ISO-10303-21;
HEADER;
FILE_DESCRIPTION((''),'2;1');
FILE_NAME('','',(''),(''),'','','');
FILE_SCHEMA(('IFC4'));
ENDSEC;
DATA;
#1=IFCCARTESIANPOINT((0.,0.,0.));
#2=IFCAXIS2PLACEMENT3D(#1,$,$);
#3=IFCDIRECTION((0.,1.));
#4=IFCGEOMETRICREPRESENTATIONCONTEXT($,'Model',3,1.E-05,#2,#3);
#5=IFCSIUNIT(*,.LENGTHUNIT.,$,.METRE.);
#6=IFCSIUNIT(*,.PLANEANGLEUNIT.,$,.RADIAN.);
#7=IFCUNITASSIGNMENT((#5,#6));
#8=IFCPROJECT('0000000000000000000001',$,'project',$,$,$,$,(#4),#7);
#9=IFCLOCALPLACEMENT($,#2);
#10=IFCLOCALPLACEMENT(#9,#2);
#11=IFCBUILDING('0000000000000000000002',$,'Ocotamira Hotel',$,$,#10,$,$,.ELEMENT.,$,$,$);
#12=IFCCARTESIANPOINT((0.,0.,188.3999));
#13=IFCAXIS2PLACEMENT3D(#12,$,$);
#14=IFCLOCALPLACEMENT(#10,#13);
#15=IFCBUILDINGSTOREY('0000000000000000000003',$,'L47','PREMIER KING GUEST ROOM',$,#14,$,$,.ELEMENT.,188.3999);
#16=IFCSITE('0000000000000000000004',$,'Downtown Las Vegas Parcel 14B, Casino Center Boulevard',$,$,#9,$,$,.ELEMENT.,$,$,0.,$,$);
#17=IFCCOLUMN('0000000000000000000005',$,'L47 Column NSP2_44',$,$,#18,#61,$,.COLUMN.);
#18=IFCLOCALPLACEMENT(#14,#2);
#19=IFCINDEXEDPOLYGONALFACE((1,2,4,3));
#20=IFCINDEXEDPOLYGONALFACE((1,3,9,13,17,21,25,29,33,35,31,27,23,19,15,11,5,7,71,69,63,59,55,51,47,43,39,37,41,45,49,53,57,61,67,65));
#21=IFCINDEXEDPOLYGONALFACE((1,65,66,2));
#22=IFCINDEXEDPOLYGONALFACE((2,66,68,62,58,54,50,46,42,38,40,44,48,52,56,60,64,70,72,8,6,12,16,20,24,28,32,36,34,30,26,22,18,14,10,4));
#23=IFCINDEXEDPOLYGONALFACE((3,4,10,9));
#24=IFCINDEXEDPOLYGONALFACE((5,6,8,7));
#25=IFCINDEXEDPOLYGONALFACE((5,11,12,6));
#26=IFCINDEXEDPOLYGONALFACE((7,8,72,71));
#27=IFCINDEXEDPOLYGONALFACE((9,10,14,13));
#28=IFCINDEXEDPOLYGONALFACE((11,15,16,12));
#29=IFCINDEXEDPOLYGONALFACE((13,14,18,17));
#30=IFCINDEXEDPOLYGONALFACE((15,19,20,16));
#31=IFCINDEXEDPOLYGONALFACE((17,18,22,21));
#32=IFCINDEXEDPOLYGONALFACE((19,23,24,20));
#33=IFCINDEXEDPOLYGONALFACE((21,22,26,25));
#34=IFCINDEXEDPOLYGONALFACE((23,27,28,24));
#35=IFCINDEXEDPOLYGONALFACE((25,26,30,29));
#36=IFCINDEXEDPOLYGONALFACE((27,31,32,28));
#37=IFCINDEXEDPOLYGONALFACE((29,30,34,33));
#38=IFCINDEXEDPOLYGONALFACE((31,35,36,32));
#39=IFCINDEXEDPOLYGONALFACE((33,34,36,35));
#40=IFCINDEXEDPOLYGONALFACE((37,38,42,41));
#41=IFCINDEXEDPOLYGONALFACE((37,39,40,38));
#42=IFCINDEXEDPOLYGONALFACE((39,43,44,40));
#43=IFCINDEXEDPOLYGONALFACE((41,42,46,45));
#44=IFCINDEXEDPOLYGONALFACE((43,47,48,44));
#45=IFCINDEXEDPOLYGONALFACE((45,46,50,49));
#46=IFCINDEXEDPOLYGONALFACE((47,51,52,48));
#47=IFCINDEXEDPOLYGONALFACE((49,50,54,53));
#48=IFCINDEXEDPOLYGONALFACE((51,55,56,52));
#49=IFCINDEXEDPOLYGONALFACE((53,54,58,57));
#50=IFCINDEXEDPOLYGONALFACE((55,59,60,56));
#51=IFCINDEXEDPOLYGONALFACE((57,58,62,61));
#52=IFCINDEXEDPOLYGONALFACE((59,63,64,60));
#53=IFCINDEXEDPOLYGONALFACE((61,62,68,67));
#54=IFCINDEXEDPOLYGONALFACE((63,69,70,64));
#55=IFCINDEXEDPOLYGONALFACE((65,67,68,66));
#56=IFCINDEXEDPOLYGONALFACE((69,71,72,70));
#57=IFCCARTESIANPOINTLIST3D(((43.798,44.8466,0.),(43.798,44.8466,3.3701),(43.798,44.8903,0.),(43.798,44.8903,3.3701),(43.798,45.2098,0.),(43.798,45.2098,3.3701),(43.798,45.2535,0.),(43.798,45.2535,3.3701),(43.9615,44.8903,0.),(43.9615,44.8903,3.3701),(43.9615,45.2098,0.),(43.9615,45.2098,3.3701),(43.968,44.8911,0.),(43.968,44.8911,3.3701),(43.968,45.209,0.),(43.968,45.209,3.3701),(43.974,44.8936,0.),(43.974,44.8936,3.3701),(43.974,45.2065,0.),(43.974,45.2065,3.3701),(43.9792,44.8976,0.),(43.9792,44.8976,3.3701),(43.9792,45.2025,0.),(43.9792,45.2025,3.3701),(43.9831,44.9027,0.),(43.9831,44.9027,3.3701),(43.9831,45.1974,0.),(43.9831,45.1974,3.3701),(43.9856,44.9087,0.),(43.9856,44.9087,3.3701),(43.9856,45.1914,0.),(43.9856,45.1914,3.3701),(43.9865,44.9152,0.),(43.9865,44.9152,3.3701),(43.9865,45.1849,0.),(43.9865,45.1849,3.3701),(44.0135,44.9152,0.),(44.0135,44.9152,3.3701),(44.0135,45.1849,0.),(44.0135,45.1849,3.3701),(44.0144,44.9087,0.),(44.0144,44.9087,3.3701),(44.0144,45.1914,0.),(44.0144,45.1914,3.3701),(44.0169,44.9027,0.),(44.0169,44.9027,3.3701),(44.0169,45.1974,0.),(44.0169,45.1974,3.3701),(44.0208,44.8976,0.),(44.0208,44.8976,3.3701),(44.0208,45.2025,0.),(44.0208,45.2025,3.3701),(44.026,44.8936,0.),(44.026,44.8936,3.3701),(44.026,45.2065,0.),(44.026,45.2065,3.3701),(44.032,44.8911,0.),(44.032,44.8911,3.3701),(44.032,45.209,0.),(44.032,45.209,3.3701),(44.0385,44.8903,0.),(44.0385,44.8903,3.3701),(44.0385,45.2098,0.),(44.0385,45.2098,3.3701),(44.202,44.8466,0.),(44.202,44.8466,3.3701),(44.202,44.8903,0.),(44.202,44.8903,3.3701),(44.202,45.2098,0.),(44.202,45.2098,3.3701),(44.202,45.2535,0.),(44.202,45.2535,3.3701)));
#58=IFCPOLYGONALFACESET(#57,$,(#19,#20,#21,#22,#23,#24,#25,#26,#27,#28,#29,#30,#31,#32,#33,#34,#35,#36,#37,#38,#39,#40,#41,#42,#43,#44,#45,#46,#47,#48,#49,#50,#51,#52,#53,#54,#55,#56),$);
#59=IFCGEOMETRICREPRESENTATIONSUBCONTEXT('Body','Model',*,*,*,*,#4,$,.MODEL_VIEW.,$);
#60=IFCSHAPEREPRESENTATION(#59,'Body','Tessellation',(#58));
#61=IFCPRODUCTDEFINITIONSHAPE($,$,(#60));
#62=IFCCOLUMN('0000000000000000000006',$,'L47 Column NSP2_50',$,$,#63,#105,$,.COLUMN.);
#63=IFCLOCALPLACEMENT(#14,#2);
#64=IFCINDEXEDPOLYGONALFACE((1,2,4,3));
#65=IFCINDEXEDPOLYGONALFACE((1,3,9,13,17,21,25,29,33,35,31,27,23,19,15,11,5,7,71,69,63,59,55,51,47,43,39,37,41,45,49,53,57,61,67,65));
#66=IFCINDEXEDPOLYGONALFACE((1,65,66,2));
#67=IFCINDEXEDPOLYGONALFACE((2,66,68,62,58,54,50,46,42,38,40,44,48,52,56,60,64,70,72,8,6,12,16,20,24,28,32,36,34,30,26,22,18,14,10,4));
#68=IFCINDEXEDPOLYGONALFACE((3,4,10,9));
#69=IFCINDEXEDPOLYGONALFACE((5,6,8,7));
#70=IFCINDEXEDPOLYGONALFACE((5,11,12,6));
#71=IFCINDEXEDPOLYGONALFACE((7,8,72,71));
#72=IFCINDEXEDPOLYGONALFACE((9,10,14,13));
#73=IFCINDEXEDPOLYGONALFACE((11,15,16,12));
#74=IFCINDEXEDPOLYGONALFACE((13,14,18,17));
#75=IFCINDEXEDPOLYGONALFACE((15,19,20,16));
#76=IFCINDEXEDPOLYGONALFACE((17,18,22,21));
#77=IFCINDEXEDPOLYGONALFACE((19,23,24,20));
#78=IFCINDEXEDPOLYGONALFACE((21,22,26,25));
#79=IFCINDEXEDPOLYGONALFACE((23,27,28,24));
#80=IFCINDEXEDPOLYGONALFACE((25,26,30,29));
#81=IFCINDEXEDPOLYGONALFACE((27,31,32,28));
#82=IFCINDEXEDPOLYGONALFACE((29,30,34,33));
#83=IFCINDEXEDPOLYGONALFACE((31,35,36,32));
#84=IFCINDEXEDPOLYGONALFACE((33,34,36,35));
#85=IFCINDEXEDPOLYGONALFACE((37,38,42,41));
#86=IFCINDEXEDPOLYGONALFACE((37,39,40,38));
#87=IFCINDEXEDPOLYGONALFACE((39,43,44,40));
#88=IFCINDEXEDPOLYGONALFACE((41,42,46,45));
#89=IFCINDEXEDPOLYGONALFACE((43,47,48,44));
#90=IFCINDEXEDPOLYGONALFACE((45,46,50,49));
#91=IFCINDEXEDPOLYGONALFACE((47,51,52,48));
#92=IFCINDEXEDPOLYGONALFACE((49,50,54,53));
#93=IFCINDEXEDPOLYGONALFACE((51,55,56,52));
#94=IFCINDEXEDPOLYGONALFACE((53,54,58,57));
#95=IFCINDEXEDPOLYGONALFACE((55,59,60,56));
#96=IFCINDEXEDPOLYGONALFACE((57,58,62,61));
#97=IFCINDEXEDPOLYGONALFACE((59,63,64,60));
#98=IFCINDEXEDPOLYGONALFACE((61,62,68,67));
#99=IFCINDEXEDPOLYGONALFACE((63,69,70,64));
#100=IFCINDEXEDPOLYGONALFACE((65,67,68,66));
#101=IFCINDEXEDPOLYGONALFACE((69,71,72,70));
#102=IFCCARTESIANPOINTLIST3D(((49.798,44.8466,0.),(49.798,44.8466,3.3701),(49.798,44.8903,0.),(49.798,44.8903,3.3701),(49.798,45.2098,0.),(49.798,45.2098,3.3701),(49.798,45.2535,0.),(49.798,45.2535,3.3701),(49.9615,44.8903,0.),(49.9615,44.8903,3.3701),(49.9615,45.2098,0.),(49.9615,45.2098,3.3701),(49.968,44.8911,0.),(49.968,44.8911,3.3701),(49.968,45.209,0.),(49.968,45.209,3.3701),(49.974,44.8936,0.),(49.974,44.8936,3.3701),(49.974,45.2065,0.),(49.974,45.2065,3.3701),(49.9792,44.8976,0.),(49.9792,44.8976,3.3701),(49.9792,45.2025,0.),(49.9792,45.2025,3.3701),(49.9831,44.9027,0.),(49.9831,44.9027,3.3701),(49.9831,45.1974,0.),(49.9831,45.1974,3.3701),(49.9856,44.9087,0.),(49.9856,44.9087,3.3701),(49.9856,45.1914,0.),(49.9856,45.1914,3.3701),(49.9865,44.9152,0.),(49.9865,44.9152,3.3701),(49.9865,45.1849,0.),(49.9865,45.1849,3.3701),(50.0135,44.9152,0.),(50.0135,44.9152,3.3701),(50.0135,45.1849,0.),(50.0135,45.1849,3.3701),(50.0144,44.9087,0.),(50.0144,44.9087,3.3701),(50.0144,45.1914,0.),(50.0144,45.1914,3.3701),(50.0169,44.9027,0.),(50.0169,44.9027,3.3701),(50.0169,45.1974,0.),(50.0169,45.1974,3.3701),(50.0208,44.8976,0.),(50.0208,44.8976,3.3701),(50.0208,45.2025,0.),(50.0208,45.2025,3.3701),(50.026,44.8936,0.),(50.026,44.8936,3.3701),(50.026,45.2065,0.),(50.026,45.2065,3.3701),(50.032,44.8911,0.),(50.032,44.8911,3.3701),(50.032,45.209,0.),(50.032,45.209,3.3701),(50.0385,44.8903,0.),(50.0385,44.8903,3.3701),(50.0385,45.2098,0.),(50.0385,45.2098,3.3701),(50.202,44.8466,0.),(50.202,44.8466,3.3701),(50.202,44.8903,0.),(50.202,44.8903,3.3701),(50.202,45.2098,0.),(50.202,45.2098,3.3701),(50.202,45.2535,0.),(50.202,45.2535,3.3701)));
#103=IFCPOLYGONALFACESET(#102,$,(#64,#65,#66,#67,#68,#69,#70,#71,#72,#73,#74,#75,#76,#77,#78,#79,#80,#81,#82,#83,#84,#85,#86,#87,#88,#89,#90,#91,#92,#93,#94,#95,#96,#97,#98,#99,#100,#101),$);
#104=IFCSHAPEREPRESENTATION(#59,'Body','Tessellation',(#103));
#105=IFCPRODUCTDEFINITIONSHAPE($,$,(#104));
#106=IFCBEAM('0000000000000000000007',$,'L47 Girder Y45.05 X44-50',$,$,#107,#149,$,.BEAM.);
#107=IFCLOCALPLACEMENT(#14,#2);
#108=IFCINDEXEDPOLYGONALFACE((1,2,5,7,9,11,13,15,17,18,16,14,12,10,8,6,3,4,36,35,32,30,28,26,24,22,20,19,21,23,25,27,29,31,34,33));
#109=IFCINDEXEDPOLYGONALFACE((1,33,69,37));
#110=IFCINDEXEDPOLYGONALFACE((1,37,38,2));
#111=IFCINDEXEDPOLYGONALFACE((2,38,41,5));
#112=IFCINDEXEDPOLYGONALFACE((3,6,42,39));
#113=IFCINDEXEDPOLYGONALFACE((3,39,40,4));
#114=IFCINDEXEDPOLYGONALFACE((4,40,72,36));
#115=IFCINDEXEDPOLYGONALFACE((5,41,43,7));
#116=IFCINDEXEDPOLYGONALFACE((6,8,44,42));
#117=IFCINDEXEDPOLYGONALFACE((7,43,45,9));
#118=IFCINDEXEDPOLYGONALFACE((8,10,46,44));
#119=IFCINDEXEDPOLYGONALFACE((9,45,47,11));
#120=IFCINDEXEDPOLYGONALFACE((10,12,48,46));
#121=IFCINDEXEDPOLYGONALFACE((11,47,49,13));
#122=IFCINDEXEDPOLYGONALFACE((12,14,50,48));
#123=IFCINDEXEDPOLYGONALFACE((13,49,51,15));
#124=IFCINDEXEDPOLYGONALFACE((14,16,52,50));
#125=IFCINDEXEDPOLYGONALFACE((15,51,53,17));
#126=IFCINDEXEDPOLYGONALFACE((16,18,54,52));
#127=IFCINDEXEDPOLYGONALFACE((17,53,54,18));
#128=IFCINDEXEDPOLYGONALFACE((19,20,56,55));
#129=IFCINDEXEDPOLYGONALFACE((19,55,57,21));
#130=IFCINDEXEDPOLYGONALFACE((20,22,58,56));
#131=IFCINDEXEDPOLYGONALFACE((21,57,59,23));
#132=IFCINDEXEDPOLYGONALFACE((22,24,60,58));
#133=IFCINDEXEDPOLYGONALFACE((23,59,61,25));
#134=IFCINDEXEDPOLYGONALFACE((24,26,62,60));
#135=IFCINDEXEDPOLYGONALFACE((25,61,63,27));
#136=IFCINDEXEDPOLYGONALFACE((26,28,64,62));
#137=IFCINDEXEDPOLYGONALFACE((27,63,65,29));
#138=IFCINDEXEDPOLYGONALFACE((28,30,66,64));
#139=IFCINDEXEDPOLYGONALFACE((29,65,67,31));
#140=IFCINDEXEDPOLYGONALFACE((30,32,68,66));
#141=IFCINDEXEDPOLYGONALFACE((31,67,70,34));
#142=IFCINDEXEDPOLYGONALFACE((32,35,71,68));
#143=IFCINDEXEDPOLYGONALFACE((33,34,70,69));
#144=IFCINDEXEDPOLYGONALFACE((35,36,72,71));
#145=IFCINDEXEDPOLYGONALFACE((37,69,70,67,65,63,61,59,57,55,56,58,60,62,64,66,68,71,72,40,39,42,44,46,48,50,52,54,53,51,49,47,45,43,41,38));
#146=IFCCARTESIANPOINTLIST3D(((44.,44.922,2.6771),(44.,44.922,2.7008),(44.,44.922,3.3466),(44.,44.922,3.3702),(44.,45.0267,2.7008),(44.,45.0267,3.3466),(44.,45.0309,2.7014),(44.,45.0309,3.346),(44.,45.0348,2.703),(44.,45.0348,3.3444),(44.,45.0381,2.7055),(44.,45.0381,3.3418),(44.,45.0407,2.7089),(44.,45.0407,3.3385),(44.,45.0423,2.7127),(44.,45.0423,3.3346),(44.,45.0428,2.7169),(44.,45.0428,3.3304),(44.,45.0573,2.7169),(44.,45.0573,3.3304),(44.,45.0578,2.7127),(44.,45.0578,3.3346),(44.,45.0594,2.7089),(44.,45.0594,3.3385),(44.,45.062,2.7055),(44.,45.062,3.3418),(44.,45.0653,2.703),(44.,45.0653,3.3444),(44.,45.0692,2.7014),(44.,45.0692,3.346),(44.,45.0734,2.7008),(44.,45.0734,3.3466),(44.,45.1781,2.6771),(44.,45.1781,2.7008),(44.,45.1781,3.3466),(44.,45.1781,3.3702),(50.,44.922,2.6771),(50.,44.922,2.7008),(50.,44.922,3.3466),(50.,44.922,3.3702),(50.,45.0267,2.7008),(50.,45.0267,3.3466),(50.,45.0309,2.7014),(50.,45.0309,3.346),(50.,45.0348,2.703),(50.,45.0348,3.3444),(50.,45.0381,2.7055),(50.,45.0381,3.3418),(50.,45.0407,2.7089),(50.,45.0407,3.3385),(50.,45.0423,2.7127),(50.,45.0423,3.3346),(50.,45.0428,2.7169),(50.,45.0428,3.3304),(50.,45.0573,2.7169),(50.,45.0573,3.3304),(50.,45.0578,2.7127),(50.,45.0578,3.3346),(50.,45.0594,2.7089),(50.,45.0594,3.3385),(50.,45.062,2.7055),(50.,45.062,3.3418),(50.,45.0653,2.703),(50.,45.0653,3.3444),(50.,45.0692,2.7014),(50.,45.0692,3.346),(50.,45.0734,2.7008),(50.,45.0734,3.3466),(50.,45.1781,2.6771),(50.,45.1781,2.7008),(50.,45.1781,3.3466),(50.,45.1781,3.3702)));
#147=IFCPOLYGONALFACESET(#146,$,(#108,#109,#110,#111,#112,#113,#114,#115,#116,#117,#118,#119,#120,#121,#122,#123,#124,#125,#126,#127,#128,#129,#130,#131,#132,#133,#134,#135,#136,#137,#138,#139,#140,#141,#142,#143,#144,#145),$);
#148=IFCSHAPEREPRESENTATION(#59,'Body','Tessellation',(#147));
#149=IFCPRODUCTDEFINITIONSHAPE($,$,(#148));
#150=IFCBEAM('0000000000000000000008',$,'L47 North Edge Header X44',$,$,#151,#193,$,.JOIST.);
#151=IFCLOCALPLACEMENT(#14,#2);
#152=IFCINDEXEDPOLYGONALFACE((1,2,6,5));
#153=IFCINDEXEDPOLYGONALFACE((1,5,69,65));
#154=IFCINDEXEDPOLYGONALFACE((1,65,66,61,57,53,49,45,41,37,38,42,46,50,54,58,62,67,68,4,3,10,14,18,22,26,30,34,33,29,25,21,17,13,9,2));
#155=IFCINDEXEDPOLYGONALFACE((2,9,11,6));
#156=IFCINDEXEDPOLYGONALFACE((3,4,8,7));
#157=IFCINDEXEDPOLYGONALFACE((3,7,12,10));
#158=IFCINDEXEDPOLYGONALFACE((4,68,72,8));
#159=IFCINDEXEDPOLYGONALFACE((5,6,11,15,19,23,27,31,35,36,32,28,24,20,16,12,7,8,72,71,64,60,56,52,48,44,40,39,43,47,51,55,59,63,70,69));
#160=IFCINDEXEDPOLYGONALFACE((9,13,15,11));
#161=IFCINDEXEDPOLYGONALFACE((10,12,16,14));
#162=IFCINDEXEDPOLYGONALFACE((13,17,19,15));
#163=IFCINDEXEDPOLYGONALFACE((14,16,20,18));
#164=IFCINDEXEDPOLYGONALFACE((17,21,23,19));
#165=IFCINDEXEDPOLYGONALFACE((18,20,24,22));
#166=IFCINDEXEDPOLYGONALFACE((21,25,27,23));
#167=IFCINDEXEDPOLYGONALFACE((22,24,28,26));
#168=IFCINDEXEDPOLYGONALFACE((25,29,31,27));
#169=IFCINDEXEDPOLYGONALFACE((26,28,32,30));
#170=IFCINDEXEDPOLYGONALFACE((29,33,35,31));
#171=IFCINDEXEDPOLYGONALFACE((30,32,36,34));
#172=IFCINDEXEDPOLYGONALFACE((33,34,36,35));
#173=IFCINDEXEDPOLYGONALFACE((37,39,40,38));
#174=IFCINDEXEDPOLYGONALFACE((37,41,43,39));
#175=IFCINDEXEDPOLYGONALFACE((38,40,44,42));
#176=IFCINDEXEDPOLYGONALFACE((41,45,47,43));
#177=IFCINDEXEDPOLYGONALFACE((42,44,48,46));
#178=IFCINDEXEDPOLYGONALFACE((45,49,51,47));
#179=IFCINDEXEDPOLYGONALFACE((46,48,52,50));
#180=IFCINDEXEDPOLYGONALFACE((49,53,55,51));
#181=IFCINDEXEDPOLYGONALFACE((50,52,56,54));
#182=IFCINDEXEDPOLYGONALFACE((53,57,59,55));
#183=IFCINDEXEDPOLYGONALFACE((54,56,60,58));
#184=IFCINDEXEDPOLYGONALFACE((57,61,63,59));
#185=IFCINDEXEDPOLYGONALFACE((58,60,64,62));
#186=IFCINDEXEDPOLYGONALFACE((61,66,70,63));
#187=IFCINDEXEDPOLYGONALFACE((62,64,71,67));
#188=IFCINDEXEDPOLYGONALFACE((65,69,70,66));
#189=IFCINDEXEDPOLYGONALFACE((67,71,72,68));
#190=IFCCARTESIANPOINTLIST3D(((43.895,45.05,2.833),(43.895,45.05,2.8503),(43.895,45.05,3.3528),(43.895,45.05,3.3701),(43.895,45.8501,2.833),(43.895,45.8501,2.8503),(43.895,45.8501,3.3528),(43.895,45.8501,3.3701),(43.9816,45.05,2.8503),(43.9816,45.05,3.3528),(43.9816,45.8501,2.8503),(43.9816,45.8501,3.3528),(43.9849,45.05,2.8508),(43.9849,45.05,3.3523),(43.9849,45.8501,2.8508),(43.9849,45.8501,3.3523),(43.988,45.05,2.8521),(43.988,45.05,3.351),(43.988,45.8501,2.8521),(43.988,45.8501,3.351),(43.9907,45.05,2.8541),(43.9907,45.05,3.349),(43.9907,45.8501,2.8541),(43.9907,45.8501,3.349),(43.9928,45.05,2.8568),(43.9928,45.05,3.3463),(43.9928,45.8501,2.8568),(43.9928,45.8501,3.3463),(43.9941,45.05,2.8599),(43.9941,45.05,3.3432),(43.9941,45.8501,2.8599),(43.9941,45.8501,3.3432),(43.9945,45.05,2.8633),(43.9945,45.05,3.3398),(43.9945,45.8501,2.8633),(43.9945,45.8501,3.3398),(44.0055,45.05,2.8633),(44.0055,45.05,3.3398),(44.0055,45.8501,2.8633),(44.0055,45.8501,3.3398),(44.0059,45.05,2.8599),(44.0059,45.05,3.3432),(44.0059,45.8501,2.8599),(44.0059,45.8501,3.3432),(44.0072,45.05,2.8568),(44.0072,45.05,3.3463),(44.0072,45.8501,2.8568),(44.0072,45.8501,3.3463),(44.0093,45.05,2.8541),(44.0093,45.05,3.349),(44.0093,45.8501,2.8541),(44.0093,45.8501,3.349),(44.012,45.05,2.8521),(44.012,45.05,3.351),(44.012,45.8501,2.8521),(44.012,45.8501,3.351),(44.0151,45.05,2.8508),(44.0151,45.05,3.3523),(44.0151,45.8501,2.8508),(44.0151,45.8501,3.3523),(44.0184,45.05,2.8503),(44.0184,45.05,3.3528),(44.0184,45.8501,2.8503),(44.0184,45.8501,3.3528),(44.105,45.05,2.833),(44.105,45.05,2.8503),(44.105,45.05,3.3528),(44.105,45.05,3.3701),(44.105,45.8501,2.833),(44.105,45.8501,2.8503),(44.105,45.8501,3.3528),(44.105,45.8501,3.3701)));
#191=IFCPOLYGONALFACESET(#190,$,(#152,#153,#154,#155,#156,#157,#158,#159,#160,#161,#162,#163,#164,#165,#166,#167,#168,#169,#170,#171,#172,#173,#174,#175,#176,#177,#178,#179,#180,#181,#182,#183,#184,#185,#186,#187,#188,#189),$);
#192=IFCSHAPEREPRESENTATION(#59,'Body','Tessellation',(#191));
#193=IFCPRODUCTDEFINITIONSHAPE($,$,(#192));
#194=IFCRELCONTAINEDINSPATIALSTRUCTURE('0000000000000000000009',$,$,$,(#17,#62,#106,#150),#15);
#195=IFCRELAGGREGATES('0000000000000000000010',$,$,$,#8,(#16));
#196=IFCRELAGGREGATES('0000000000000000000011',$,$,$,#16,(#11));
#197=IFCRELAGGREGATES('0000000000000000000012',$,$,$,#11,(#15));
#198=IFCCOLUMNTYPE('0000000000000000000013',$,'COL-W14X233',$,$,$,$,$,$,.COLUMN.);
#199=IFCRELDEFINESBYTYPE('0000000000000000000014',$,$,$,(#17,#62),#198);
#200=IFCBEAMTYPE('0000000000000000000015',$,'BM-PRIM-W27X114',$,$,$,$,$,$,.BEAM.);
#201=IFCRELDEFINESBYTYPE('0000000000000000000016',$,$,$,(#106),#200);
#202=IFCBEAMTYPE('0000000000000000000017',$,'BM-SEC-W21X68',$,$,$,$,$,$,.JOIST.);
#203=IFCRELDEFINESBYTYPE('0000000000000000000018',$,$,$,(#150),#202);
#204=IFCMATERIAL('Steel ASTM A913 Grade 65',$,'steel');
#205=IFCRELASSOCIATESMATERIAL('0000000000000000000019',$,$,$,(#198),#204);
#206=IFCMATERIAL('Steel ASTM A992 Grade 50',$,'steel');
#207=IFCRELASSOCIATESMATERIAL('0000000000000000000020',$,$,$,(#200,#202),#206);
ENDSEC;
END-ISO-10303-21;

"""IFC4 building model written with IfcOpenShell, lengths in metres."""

from ifc_helpers import new_model, si_unit, direction, frame, origin, origin_2d, place, context, subcontext, project, spatial, i_section, extrude, source, transform, mapped, material, material_profile, profile_set, type_object, element, save


model = new_model("IFC4")

# Units and contexts
model_context = context("Model", 3, precision=1e-05, world=origin(), true_north=direction((0.0, 1.0)))
body_context = subcontext(model_context, "Body", "Model", "MODEL_VIEW")
ifc_project = project(units=[si_unit("LENGTHUNIT", "METRE"), si_unit("PLANEANGLEUNIT", "RADIAN")], contexts=[model_context])

# Site, building, storey
site_placement = place(None, origin())
site = spatial("IfcSite", under=ifc_project, at=site_placement, Name="Downtown Las Vegas Parcel 14B, Casino Center Boulevard", CompositionType="ELEMENT", RefElevation=0.0)
building_placement = place(site_placement, origin())
building = spatial("IfcBuilding", under=site, at=building_placement, Name="Ocotamira Hotel", CompositionType="ELEMENT")
storey_placement = place(building_placement, frame((0.0, 0.0, 188.3999)))
storey = spatial("IfcBuildingStorey", under=building, at=storey_placement, Name="L47", Description="PREMIER KING GUEST ROOM", CompositionType="ELEMENT", Elevation=188.3999)

# Columns
ifc_material_1 = material(Name="Steel ASTM A913 Grade 65", Category="steel")
ifc_material_profile_1 = material_profile(ifc_material_1, i_section(OverallWidth=0.4041, OverallDepth=0.407, WebThickness=0.0271, FlangeThickness=0.0437, FilletRadius=0.0249, at=origin_2d()), Name="W14X233")
ifc_profile_set_1 = profile_set([ifc_material_profile_1], Name="Steel ASTM A913 Grade 65")
column_type = type_object("IfcColumnType", Name="COL-W14X233", PredefinedType="COLUMN", material=ifc_profile_set_1)
shared_shape_1 = source(origin(), body_context, "Body", "SweptSolid", [
    extrude(i_section(OverallWidth=0.4041, OverallDepth=0.407, WebThickness=0.0271, FlangeThickness=0.0437, FilletRadius=0.0249, at=origin_2d()), origin(), (0.0, 0.0, 1.0), 3.3701),
])
for number, where, z_axis, x_axis, name in (
    (1, (44.0, 45.05, 0.0), (0.0, 0.0, 1.0), (1.0, 0.0, 0.0), "L47 Column NSP2_44"),
    (2, (50.0, 45.05, 0.0), (0.0, 0.0, 1.0), (1.0, 0.0, 0.0), "L47 Column NSP2_50"),
):
    element("IfcColumn", number, at=place(storey_placement, frame(where, z_axis=z_axis, x_axis=x_axis)), inside=storey, type_object=column_type, Name=name, PredefinedType="COLUMN", context=body_context, shape_type="MappedRepresentation", body=[
        mapped(shared_shape_1, transform((0.0, 0.0, 0.0), scale=1.0)),
    ])

# Beams
ifc_material_2 = material(Name="Steel ASTM A992 Grade 50", Category="steel")
ifc_material_profile_2 = material_profile(ifc_material_2, i_section(OverallWidth=0.2561, OverallDepth=0.6931, WebThickness=0.0144, FlangeThickness=0.0237, FilletRadius=0.0161, at=origin_2d()), Name="W27X114")
ifc_profile_set_2 = profile_set([ifc_material_profile_2], Name="Steel ASTM A992 Grade 50")
beam_type_1 = type_object("IfcBeamType", Name="BM-PRIM-W27X114", PredefinedType="BEAM", material=ifc_profile_set_2)
shared_shape_2 = source(origin(), body_context, "Body", "SweptSolid", [
    extrude(i_section(OverallWidth=0.2561, OverallDepth=0.6931, WebThickness=0.0144, FlangeThickness=0.0237, FilletRadius=0.0161, at=origin_2d()), origin(), (0.0, 0.0, 1.0), 6.0),
])
beam_1_placement = place(storey_placement, frame((44.0, 45.05, 3.0237), z_axis=(1.0, 0.0, 0.0), x_axis=(0.0, 1.0, 0.0)))
element("IfcBeam", 3, at=beam_1_placement, inside=storey, type_object=beam_type_1, Name="L47 Girder Y45.05 X44-50", PredefinedType="BEAM", context=body_context, shape_type="MappedRepresentation", body=[
    mapped(shared_shape_2, transform((0.0, 0.0, 0.0), scale=1.0)),
])
ifc_material_profile_3 = material_profile(ifc_material_2, i_section(OverallWidth=0.21, OverallDepth=0.5371, WebThickness=0.011, FlangeThickness=0.0173, FilletRadius=0.0129, at=origin_2d()), Name="W21X68")
ifc_profile_set_3 = profile_set([ifc_material_profile_3], Name="Steel ASTM A992 Grade 50")
beam_type_2 = type_object("IfcBeamType", Name="BM-SEC-W21X68", PredefinedType="JOIST", material=ifc_profile_set_3)
shared_shape_3 = source(origin(), body_context, "Body", "SweptSolid", [
    extrude(i_section(OverallWidth=0.21, OverallDepth=0.5371, WebThickness=0.011, FlangeThickness=0.0173, FilletRadius=0.0129, at=origin_2d()), origin(), (0.0, 0.0, 1.0), 0.8),
])
for number, where, z_axis, x_axis, name in (
    (4, (44.0, 45.05, 3.1016), (0.0, 1.0, 0.0), (-1.0, 0.0, 0.0), "L47 North Edge Header X44"),
):
    element("IfcBeam", number, at=place(storey_placement, frame(where, z_axis=z_axis, x_axis=x_axis)), inside=storey, type_object=beam_type_2, Name=name, PredefinedType="JOIST", context=body_context, shape_type="MappedRepresentation", body=[
        mapped(shared_shape_3, transform((0.0, 0.0, 0.0), scale=1.0)),
    ])

save(model, "model.ifc")
